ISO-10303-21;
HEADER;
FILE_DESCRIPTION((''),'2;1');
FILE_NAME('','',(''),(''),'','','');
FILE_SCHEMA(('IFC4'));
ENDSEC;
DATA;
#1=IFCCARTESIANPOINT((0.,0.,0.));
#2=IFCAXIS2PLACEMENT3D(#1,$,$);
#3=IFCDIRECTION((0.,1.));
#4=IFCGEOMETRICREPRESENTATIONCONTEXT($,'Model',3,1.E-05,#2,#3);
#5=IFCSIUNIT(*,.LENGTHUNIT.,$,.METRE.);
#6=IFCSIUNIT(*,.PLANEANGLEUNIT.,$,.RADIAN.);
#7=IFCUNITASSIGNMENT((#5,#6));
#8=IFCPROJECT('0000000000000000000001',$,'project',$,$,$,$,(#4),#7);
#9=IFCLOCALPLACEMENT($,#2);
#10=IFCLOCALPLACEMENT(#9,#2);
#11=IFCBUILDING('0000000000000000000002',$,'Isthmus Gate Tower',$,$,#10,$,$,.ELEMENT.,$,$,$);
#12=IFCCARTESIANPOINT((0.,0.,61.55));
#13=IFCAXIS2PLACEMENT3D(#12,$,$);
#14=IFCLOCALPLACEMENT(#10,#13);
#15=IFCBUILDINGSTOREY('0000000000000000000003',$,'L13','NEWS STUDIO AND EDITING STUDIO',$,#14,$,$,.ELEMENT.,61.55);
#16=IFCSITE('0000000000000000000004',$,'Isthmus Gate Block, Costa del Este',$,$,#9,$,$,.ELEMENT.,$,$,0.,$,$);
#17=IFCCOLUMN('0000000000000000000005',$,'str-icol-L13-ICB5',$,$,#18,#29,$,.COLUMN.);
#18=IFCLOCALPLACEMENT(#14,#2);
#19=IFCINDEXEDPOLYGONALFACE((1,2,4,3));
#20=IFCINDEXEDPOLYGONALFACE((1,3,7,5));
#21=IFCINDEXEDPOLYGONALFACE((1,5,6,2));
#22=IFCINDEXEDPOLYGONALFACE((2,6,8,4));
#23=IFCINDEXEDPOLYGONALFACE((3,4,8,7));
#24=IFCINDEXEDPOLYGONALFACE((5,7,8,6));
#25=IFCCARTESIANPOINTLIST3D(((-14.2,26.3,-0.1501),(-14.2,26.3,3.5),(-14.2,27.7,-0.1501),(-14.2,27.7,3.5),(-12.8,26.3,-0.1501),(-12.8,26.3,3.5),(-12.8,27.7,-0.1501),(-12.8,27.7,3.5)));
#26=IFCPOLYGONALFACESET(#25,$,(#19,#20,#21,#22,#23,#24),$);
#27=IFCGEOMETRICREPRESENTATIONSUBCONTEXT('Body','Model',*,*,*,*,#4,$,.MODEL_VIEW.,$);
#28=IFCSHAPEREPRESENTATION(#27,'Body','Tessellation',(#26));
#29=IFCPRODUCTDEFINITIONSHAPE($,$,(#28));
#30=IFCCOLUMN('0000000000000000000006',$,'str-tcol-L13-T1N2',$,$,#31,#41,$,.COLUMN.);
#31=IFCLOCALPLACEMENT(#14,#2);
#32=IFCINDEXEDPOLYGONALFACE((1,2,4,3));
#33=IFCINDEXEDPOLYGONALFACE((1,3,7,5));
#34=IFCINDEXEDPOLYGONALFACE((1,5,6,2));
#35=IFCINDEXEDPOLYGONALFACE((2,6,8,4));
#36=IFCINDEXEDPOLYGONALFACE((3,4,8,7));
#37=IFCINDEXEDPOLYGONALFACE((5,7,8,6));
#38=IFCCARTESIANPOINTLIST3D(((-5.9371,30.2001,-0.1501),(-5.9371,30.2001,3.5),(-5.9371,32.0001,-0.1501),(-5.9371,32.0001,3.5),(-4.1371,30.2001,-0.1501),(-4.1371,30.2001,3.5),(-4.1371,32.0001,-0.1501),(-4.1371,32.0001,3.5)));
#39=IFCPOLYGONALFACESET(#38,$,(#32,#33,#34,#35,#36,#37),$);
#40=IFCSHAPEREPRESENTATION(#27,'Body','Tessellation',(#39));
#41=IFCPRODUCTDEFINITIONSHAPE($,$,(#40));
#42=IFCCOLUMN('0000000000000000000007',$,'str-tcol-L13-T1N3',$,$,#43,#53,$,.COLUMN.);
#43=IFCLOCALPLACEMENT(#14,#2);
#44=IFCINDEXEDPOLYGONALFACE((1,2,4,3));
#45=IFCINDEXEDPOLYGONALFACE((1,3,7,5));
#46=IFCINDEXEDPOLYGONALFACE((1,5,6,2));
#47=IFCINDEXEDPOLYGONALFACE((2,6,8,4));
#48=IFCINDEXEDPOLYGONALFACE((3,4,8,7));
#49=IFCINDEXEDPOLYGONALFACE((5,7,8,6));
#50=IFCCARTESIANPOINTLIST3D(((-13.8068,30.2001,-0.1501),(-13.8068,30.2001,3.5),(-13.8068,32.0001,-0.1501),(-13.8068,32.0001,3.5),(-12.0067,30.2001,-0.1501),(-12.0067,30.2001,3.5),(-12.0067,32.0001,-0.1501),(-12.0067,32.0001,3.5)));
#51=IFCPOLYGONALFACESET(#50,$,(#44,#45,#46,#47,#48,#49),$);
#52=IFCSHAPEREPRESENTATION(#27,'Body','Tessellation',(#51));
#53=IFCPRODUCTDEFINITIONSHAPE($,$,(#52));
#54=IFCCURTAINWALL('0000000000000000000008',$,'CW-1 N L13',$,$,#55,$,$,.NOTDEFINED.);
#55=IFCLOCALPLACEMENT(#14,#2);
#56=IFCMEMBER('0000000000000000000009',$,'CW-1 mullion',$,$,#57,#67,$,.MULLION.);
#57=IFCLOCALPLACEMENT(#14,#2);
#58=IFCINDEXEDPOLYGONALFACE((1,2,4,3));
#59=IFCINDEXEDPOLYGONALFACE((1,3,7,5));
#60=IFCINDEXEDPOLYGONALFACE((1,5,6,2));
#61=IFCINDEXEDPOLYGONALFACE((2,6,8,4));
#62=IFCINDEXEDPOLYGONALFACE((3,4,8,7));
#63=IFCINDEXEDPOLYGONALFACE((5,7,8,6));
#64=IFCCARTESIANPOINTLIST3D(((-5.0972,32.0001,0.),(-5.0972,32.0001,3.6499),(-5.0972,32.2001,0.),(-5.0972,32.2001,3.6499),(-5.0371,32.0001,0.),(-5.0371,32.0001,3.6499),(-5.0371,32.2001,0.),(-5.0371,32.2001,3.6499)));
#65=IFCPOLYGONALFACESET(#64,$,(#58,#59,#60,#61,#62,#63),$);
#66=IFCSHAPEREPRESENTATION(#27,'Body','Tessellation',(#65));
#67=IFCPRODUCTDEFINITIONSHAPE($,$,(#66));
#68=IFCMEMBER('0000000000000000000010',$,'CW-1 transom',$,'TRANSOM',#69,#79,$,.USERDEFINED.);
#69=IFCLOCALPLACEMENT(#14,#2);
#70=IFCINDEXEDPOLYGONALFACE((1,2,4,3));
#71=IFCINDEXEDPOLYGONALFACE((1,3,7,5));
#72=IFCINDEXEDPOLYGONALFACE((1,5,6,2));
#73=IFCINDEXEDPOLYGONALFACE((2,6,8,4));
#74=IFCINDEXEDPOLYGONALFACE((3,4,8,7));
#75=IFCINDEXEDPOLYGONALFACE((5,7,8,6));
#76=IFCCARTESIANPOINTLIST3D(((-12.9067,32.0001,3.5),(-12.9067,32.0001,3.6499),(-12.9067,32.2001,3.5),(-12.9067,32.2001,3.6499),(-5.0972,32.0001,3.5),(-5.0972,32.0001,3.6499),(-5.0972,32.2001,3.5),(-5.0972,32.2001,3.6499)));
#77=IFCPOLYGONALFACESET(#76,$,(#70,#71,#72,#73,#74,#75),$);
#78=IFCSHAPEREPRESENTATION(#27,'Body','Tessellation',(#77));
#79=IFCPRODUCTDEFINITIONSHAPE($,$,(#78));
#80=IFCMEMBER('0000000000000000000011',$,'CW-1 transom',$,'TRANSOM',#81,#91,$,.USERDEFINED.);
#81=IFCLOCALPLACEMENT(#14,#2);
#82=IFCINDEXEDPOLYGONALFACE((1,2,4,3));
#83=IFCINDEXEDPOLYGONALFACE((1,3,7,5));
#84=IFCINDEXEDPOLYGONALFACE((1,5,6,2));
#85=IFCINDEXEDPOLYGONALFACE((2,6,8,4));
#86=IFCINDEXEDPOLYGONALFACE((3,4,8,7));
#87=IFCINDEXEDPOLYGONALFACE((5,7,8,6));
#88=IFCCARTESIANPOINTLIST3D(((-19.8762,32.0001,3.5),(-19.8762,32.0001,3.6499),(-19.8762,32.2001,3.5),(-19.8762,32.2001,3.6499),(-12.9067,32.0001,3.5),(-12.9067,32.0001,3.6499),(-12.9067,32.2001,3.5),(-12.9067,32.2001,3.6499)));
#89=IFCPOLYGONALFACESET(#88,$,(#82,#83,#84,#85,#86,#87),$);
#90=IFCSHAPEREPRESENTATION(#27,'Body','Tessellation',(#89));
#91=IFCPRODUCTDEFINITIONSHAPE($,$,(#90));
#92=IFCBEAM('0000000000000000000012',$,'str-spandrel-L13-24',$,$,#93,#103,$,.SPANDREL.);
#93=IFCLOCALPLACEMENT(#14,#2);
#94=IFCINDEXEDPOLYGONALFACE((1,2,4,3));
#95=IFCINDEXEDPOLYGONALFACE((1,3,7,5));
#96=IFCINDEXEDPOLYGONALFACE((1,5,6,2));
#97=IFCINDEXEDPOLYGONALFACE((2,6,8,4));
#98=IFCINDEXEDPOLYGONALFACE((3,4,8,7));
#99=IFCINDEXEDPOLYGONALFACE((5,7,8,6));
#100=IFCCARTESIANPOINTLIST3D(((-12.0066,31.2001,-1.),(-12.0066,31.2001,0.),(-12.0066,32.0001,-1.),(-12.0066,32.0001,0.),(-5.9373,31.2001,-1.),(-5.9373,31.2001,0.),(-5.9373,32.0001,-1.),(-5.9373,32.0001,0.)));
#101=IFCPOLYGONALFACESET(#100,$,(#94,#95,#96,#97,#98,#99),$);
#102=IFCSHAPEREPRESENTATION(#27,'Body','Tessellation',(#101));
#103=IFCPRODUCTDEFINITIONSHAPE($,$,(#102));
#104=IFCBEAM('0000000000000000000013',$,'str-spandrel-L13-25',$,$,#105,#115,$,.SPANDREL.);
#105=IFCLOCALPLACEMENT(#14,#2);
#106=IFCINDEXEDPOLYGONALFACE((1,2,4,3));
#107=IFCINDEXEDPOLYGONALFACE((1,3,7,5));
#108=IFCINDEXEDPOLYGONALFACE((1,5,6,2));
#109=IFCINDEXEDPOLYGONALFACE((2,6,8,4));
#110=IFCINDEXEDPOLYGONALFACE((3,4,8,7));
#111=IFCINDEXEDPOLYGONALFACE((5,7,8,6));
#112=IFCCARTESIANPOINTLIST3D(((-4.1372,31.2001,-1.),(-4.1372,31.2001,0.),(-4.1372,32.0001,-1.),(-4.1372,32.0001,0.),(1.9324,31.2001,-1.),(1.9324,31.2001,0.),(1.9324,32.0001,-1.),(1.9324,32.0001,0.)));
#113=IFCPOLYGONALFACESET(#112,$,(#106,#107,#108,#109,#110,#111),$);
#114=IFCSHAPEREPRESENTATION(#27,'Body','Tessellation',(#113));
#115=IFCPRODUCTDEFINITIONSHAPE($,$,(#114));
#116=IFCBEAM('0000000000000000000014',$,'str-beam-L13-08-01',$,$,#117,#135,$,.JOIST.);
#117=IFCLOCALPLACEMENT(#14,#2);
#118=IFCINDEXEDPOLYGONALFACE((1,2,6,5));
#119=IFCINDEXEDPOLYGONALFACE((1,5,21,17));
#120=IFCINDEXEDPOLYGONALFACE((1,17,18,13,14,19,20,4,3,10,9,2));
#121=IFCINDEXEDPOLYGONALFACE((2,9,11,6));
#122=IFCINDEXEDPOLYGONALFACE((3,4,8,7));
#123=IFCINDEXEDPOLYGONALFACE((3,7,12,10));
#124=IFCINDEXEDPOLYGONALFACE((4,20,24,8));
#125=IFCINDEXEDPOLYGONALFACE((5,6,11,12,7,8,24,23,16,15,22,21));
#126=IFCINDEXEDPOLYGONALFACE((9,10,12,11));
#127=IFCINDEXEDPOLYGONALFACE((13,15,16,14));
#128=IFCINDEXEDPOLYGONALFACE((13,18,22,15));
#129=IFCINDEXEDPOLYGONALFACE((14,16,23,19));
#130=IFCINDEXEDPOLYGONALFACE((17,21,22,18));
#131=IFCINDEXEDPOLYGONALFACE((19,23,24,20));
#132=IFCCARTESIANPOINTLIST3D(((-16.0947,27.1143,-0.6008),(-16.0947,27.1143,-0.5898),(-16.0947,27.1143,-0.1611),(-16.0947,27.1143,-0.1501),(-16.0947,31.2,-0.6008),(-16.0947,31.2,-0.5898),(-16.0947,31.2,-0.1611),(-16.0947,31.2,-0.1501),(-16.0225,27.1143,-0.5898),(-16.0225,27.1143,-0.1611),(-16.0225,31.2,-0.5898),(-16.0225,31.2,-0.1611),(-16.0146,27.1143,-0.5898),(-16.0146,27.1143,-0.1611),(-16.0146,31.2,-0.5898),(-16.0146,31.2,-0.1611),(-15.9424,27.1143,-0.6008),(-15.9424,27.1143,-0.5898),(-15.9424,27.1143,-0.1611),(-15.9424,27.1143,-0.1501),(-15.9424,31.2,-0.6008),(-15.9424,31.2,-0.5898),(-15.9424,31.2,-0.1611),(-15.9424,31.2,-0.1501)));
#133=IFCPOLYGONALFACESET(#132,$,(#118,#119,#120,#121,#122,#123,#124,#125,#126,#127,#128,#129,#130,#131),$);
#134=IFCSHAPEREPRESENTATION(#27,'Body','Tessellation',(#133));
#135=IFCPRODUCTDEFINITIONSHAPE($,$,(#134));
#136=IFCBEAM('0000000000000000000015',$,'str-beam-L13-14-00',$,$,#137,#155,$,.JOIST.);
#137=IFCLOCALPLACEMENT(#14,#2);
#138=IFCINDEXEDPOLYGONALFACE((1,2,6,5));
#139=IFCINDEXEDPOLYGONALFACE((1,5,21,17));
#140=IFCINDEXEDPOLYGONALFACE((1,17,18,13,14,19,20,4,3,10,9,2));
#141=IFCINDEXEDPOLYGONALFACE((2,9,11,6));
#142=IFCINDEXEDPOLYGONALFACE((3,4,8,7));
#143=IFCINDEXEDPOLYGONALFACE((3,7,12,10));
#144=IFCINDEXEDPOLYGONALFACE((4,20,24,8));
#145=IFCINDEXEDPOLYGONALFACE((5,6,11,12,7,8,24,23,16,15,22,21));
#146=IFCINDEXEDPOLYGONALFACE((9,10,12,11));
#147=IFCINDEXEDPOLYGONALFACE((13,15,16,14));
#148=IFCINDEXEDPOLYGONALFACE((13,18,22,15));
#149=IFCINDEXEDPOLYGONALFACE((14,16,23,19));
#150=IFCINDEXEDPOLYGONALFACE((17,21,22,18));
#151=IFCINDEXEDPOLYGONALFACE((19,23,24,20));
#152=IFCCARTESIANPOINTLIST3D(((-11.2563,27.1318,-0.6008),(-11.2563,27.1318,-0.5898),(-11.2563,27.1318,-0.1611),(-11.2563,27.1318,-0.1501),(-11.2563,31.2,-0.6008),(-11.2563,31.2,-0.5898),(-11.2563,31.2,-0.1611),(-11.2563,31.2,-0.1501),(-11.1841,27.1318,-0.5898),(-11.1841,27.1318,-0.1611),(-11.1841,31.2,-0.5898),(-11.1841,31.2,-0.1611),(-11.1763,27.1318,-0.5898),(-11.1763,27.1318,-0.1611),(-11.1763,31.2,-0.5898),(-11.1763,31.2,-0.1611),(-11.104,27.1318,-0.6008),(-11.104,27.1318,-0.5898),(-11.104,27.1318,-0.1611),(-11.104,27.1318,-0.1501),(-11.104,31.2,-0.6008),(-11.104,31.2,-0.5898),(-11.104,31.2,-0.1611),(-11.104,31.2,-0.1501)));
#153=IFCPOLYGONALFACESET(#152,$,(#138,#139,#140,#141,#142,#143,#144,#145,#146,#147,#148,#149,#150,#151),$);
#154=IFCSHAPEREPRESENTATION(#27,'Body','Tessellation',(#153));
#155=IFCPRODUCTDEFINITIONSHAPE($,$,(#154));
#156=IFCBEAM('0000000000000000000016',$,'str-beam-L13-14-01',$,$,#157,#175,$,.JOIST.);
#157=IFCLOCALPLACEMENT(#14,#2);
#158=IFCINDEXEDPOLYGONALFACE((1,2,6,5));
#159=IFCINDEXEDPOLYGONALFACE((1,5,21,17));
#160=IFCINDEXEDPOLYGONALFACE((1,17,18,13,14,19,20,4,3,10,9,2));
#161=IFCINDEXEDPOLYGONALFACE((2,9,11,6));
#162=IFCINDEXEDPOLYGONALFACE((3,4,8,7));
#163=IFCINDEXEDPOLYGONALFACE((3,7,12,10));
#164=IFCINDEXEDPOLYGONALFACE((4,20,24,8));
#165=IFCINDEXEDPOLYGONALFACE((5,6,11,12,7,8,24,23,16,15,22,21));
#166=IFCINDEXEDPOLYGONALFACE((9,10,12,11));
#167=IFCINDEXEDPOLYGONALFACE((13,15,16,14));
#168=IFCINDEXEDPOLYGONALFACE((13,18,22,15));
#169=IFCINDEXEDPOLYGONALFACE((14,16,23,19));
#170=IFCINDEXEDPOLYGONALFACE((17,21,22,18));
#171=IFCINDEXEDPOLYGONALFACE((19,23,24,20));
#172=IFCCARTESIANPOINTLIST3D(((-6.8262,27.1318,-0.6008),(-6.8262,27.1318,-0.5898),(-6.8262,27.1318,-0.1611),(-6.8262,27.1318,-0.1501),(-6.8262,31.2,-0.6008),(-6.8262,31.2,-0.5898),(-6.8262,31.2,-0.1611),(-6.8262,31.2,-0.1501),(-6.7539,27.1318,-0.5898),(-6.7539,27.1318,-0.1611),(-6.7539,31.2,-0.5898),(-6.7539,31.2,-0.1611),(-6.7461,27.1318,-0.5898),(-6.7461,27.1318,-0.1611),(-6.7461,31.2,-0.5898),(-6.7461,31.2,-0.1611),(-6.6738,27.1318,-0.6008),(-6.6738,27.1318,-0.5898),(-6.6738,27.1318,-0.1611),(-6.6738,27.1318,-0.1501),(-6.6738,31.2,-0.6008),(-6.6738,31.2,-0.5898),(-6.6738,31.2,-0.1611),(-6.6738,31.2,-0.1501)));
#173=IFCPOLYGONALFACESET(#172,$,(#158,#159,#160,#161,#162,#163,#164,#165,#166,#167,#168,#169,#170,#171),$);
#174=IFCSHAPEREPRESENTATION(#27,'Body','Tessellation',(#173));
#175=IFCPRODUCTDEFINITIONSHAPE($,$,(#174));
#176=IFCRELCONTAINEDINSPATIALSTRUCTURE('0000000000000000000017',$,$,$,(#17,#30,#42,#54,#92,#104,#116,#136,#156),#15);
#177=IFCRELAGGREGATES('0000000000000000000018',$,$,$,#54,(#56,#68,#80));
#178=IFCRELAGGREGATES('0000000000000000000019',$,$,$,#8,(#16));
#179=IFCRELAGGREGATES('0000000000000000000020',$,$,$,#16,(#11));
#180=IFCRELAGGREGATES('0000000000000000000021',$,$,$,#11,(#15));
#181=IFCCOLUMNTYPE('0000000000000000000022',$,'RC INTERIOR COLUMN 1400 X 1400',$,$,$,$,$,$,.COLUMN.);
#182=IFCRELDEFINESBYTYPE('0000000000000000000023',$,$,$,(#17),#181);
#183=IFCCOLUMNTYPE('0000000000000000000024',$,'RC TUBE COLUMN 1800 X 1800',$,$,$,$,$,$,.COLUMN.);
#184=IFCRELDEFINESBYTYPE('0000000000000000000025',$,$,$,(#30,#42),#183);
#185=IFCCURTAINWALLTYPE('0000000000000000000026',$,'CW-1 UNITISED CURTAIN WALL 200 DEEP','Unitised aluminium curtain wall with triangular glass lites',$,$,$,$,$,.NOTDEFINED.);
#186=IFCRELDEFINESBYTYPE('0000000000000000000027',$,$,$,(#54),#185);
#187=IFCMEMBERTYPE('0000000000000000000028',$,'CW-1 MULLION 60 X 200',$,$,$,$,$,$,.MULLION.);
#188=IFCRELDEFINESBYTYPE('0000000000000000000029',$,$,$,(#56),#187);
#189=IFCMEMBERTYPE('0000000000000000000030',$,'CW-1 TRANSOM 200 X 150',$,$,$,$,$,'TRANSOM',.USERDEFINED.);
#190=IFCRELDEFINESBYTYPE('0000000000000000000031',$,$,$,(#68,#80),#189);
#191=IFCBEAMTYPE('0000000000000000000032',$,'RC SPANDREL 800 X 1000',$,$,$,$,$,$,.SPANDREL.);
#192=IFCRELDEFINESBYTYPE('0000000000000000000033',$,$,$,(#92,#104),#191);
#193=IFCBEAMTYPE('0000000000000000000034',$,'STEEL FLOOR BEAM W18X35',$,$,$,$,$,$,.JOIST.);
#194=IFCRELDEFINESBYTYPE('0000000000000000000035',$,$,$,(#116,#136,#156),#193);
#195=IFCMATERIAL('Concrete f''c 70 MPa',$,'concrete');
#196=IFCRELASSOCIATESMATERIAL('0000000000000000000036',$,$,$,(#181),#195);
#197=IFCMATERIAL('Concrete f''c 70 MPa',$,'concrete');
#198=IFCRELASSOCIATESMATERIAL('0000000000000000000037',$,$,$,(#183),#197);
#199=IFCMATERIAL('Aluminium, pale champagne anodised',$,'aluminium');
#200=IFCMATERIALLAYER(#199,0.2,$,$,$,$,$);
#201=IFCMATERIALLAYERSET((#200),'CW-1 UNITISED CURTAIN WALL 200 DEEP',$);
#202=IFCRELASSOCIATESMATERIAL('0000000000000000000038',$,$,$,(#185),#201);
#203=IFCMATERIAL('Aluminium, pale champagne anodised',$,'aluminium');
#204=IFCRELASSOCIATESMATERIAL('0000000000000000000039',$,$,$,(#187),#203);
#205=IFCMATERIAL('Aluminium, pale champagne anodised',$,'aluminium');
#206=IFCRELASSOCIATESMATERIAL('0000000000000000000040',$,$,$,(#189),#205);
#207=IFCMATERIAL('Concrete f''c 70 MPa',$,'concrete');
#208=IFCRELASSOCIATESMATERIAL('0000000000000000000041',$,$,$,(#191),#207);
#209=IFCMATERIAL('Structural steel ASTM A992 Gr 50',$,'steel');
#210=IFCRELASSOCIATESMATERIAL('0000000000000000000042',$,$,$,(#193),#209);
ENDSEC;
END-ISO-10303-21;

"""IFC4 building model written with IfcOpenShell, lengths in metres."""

from ifc_helpers import new_model, si_unit, direction, frame, origin, origin_2d, place, context, subcontext, project, spatial, rectangle, i_section, extrude, material, layer, layer_set, material_profile, profile_set, type_object, element, aggregate, save


model = new_model("IFC4")

# Units and contexts
model_context = context("Model", 3, precision=1e-05, world=origin(), true_north=direction((0.0, 1.0)))
body_context = subcontext(model_context, "Body", "Model", "MODEL_VIEW")
ifc_project = project(units=[si_unit("LENGTHUNIT", "METRE"), si_unit("PLANEANGLEUNIT", "RADIAN")], contexts=[model_context])

# Site, building, storey
site_placement = place(None, origin())
site = spatial("IfcSite", under=ifc_project, at=site_placement, Name="Isthmus Gate Block, Costa del Este", CompositionType="ELEMENT", RefElevation=0.0)
building_placement = place(site_placement, origin())
building = spatial("IfcBuilding", under=site, at=building_placement, Name="Isthmus Gate Tower", CompositionType="ELEMENT")
storey_placement = place(building_placement, frame((0.0, 0.0, 61.55)))
storey = spatial("IfcBuildingStorey", under=building, at=storey_placement, Name="L13", Description="NEWS STUDIO AND EDITING STUDIO", CompositionType="ELEMENT", Elevation=61.55)

# Columns
ifc_material_1 = material(Name="Concrete f'c 70 MPa", Category="concrete")
ifc_material_profile_1 = material_profile(ifc_material_1, rectangle(XDim=1.3999, YDim=1.3999, at=origin_2d()), Name="RC 1400X1400")
ifc_profile_set_1 = profile_set([ifc_material_profile_1], Name="Concrete f'c 70 MPa")
column_type_1 = type_object("IfcColumnType", Name="RC INTERIOR COLUMN 1400 X 1400", PredefinedType="COLUMN", material=ifc_profile_set_1)
column_placement = place(storey_placement, frame((-13.5, 27.0, -0.1501), z_axis=(0.0, 0.0, 1.0), x_axis=(1.0, 0.0, 0.0)))
element("IfcColumn", 1, at=column_placement, inside=storey, type_object=column_type_1, Name="str-icol-L13-ICB5", PredefinedType="COLUMN", context=body_context, shape_type="SweptSolid", body=[
    extrude(rectangle(XDim=1.3999, YDim=1.3999, at=origin_2d()), origin(), (0.0, 0.0, 1.0), 3.6501),
])
ifc_material_2 = material(Name="Concrete f'c 70 MPa", Category="concrete")
ifc_material_profile_2 = material_profile(ifc_material_2, rectangle(XDim=1.8, YDim=1.8, at=origin_2d()), Name="RC 1800X1800")
ifc_profile_set_2 = profile_set([ifc_material_profile_2], Name="Concrete f'c 70 MPa")
column_type_2 = type_object("IfcColumnType", Name="RC TUBE COLUMN 1800 X 1800", PredefinedType="COLUMN", material=ifc_profile_set_2)
for number, where, z_axis, x_axis, name in (
    (2, (-5.0371, 31.1001, -0.1501), (0.0, 0.0, 1.0), (-1.0, 0.0, 0.0), "str-tcol-L13-T1N2"),
    (3, (-12.9067, 31.1001, -0.1501), (0.0, 0.0, 1.0), (-1.0, 0.0, 0.0), "str-tcol-L13-T1N3"),
):
    element("IfcColumn", number, at=place(storey_placement, frame(where, z_axis=z_axis, x_axis=x_axis)), inside=storey, type_object=column_type_2, Name=name, PredefinedType="COLUMN", context=body_context, shape_type="SweptSolid", body=[
        extrude(rectangle(XDim=1.8, YDim=1.8, at=origin_2d()), origin(), (0.0, 0.0, 1.0), 3.6501),
    ])

# Curtain wall, members
ifc_material_3 = material(Name="Aluminium, pale champagne anodised", Category="aluminium")
ifc_layer_1 = layer(ifc_material_3, 0.2)
ifc_layer_set_1 = layer_set([ifc_layer_1], Name="CW-1 UNITISED CURTAIN WALL 200 DEEP")
curtain_wall_type = type_object("IfcCurtainWallType", Name="CW-1 UNITISED CURTAIN WALL 200 DEEP", Description="Unitised aluminium curtain wall with triangular glass lites", PredefinedType="NOTDEFINED", material=ifc_layer_set_1)
curtain_wall_placement = place(storey_placement, origin())
curtain_wall = element("IfcCurtainWall", 4, at=curtain_wall_placement, inside=storey, type_object=curtain_wall_type, Name="CW-1 N L13", PredefinedType="NOTDEFINED")
ifc_material_4 = material(Name="Aluminium, pale champagne anodised", Category="aluminium")
ifc_material_profile_3 = material_profile(ifc_material_4, rectangle(XDim=0.0601, YDim=0.2, at=origin_2d()), Name="60x200")
ifc_profile_set_3 = profile_set([ifc_material_profile_3], Name="Aluminium, pale champagne anodised")
member_type_1 = type_object("IfcMemberType", Name="CW-1 MULLION 60 X 200", PredefinedType="MULLION", material=ifc_profile_set_3)
member_1_placement = place(storey_placement, frame((-5.0671, 32.1001, 0.0), z_axis=(0.0, 0.0, 1.0), x_axis=(-1.0, 0.0, 0.0)))
member_1 = element("IfcMember", 5, at=member_1_placement, type_object=member_type_1, Name="CW-1 mullion", PredefinedType="MULLION", context=body_context, shape_type="SweptSolid", body=[
    extrude(rectangle(XDim=0.0601, YDim=0.2, at=origin_2d()), origin(), (0.0, 0.0, 1.0), 3.6499),
])
ifc_material_5 = material(Name="Aluminium, pale champagne anodised", Category="aluminium")
ifc_material_profile_4 = material_profile(ifc_material_5, rectangle(XDim=0.2, YDim=0.1499, at=origin_2d()), Name="200x150")
ifc_profile_set_4 = profile_set([ifc_material_profile_4], Name="Aluminium, pale champagne anodised")
member_type_2 = type_object("IfcMemberType", Name="CW-1 TRANSOM 200 X 150", ElementType="TRANSOM", PredefinedType="USERDEFINED", material=ifc_profile_set_4)
member_2_placement = place(storey_placement, frame((-5.0972, 32.1001, 3.575), z_axis=(-1.0, 0.0, 0.0), x_axis=(0.0, -1.0, 0.0)))
member_2 = element("IfcMember", 6, at=member_2_placement, type_object=member_type_2, Name="CW-1 transom", ObjectType="TRANSOM", PredefinedType="USERDEFINED", context=body_context, shape_type="SweptSolid", body=[
    extrude(rectangle(XDim=0.2, YDim=0.1499, at=origin_2d()), origin(), (0.0, 0.0, 1.0), 7.8096),
])
member_3_placement = place(storey_placement, frame((-12.9067, 32.1001, 3.575), z_axis=(-1.0, 0.0, 0.0), x_axis=(0.0, -1.0, 0.0)))
member_3 = element("IfcMember", 7, at=member_3_placement, type_object=member_type_2, Name="CW-1 transom", ObjectType="TRANSOM", PredefinedType="USERDEFINED", context=body_context, shape_type="SweptSolid", body=[
    extrude(rectangle(XDim=0.2, YDim=0.1499, at=origin_2d()), origin(), (0.0, 0.0, 1.0), 6.9695),
])

# Beams
ifc_material_6 = material(Name="Concrete f'c 70 MPa", Category="concrete")
ifc_material_profile_5 = material_profile(ifc_material_6, rectangle(XDim=0.8, YDim=1.0, at=origin_2d()), Name="RC 800X1000")
ifc_profile_set_5 = profile_set([ifc_material_profile_5], Name="Concrete f'c 70 MPa")
beam_type_1 = type_object("IfcBeamType", Name="RC SPANDREL 800 X 1000", PredefinedType="SPANDREL", material=ifc_profile_set_5)
beam_1_placement = place(storey_placement, frame((-12.0066, 31.6001, -0.5), z_axis=(1.0, 0.0, 0.0), x_axis=(0.0, 1.0, 0.0)))
element("IfcBeam", 8, at=beam_1_placement, inside=storey, type_object=beam_type_1, Name="str-spandrel-L13-24", PredefinedType="SPANDREL", context=body_context, shape_type="SweptSolid", body=[
    extrude(rectangle(XDim=0.8, YDim=1.0, at=origin_2d()), origin(), (0.0, 0.0, 1.0), 6.0693),
])
beam_2_placement = place(storey_placement, frame((-4.1372, 31.6001, -0.5), z_axis=(1.0, 0.0, 0.0), x_axis=(0.0, 1.0, 0.0)))
element("IfcBeam", 9, at=beam_2_placement, inside=storey, type_object=beam_type_1, Name="str-spandrel-L13-25", PredefinedType="SPANDREL", context=body_context, shape_type="SweptSolid", body=[
    extrude(rectangle(XDim=0.8, YDim=1.0, at=origin_2d()), origin(), (0.0, 0.0, 1.0), 6.0696),
])
ifc_material_7 = material(Name="Structural steel ASTM A992 Gr 50", Category="steel")
ifc_material_profile_6 = material_profile(ifc_material_7, i_section(OverallWidth=0.1523, OverallDepth=0.4507, WebThickness=0.0078, FlangeThickness=0.011, at=origin_2d()), Name="W18X35")
ifc_profile_set_6 = profile_set([ifc_material_profile_6], Name="Structural steel ASTM A992 Gr 50")
beam_type_2 = type_object("IfcBeamType", Name="STEEL FLOOR BEAM W18X35", PredefinedType="JOIST", material=ifc_profile_set_6)
beam_3_placement = place(storey_placement, frame((-16.0186, 27.1143, -0.3755), z_axis=(0.0, 1.0, 0.0), x_axis=(-1.0, 0.0, 0.0)))
element("IfcBeam", 10, at=beam_3_placement, inside=storey, type_object=beam_type_2, Name="str-beam-L13-08-01", PredefinedType="JOIST", context=body_context, shape_type="SweptSolid", body=[
    extrude(i_section(OverallWidth=0.1523, OverallDepth=0.4507, WebThickness=0.0078, FlangeThickness=0.011, at=origin_2d()), origin(), (0.0, 0.0, 1.0), 4.0857),
])
for number, where, z_axis, x_axis, name in (
    (11, (-11.1802, 27.1318, -0.3755), (0.0, 1.0, 0.0), (-1.0, 0.0, 0.0), "str-beam-L13-14-00"),
    (12, (-6.75, 27.1318, -0.3755), (0.0, 1.0, 0.0), (-1.0, 0.0, 0.0), "str-beam-L13-14-01"),
):
    element("IfcBeam", number, at=place(storey_placement, frame(where, z_axis=z_axis, x_axis=x_axis)), inside=storey, type_object=beam_type_2, Name=name, PredefinedType="JOIST", context=body_context, shape_type="SweptSolid", body=[
        extrude(i_section(OverallWidth=0.1523, OverallDepth=0.4507, WebThickness=0.0078, FlangeThickness=0.011, at=origin_2d()), origin(), (0.0, 0.0, 1.0), 4.0681),
    ])

aggregate(curtain_wall, [member_1, member_2, member_3])

save(model, "model.ifc")
